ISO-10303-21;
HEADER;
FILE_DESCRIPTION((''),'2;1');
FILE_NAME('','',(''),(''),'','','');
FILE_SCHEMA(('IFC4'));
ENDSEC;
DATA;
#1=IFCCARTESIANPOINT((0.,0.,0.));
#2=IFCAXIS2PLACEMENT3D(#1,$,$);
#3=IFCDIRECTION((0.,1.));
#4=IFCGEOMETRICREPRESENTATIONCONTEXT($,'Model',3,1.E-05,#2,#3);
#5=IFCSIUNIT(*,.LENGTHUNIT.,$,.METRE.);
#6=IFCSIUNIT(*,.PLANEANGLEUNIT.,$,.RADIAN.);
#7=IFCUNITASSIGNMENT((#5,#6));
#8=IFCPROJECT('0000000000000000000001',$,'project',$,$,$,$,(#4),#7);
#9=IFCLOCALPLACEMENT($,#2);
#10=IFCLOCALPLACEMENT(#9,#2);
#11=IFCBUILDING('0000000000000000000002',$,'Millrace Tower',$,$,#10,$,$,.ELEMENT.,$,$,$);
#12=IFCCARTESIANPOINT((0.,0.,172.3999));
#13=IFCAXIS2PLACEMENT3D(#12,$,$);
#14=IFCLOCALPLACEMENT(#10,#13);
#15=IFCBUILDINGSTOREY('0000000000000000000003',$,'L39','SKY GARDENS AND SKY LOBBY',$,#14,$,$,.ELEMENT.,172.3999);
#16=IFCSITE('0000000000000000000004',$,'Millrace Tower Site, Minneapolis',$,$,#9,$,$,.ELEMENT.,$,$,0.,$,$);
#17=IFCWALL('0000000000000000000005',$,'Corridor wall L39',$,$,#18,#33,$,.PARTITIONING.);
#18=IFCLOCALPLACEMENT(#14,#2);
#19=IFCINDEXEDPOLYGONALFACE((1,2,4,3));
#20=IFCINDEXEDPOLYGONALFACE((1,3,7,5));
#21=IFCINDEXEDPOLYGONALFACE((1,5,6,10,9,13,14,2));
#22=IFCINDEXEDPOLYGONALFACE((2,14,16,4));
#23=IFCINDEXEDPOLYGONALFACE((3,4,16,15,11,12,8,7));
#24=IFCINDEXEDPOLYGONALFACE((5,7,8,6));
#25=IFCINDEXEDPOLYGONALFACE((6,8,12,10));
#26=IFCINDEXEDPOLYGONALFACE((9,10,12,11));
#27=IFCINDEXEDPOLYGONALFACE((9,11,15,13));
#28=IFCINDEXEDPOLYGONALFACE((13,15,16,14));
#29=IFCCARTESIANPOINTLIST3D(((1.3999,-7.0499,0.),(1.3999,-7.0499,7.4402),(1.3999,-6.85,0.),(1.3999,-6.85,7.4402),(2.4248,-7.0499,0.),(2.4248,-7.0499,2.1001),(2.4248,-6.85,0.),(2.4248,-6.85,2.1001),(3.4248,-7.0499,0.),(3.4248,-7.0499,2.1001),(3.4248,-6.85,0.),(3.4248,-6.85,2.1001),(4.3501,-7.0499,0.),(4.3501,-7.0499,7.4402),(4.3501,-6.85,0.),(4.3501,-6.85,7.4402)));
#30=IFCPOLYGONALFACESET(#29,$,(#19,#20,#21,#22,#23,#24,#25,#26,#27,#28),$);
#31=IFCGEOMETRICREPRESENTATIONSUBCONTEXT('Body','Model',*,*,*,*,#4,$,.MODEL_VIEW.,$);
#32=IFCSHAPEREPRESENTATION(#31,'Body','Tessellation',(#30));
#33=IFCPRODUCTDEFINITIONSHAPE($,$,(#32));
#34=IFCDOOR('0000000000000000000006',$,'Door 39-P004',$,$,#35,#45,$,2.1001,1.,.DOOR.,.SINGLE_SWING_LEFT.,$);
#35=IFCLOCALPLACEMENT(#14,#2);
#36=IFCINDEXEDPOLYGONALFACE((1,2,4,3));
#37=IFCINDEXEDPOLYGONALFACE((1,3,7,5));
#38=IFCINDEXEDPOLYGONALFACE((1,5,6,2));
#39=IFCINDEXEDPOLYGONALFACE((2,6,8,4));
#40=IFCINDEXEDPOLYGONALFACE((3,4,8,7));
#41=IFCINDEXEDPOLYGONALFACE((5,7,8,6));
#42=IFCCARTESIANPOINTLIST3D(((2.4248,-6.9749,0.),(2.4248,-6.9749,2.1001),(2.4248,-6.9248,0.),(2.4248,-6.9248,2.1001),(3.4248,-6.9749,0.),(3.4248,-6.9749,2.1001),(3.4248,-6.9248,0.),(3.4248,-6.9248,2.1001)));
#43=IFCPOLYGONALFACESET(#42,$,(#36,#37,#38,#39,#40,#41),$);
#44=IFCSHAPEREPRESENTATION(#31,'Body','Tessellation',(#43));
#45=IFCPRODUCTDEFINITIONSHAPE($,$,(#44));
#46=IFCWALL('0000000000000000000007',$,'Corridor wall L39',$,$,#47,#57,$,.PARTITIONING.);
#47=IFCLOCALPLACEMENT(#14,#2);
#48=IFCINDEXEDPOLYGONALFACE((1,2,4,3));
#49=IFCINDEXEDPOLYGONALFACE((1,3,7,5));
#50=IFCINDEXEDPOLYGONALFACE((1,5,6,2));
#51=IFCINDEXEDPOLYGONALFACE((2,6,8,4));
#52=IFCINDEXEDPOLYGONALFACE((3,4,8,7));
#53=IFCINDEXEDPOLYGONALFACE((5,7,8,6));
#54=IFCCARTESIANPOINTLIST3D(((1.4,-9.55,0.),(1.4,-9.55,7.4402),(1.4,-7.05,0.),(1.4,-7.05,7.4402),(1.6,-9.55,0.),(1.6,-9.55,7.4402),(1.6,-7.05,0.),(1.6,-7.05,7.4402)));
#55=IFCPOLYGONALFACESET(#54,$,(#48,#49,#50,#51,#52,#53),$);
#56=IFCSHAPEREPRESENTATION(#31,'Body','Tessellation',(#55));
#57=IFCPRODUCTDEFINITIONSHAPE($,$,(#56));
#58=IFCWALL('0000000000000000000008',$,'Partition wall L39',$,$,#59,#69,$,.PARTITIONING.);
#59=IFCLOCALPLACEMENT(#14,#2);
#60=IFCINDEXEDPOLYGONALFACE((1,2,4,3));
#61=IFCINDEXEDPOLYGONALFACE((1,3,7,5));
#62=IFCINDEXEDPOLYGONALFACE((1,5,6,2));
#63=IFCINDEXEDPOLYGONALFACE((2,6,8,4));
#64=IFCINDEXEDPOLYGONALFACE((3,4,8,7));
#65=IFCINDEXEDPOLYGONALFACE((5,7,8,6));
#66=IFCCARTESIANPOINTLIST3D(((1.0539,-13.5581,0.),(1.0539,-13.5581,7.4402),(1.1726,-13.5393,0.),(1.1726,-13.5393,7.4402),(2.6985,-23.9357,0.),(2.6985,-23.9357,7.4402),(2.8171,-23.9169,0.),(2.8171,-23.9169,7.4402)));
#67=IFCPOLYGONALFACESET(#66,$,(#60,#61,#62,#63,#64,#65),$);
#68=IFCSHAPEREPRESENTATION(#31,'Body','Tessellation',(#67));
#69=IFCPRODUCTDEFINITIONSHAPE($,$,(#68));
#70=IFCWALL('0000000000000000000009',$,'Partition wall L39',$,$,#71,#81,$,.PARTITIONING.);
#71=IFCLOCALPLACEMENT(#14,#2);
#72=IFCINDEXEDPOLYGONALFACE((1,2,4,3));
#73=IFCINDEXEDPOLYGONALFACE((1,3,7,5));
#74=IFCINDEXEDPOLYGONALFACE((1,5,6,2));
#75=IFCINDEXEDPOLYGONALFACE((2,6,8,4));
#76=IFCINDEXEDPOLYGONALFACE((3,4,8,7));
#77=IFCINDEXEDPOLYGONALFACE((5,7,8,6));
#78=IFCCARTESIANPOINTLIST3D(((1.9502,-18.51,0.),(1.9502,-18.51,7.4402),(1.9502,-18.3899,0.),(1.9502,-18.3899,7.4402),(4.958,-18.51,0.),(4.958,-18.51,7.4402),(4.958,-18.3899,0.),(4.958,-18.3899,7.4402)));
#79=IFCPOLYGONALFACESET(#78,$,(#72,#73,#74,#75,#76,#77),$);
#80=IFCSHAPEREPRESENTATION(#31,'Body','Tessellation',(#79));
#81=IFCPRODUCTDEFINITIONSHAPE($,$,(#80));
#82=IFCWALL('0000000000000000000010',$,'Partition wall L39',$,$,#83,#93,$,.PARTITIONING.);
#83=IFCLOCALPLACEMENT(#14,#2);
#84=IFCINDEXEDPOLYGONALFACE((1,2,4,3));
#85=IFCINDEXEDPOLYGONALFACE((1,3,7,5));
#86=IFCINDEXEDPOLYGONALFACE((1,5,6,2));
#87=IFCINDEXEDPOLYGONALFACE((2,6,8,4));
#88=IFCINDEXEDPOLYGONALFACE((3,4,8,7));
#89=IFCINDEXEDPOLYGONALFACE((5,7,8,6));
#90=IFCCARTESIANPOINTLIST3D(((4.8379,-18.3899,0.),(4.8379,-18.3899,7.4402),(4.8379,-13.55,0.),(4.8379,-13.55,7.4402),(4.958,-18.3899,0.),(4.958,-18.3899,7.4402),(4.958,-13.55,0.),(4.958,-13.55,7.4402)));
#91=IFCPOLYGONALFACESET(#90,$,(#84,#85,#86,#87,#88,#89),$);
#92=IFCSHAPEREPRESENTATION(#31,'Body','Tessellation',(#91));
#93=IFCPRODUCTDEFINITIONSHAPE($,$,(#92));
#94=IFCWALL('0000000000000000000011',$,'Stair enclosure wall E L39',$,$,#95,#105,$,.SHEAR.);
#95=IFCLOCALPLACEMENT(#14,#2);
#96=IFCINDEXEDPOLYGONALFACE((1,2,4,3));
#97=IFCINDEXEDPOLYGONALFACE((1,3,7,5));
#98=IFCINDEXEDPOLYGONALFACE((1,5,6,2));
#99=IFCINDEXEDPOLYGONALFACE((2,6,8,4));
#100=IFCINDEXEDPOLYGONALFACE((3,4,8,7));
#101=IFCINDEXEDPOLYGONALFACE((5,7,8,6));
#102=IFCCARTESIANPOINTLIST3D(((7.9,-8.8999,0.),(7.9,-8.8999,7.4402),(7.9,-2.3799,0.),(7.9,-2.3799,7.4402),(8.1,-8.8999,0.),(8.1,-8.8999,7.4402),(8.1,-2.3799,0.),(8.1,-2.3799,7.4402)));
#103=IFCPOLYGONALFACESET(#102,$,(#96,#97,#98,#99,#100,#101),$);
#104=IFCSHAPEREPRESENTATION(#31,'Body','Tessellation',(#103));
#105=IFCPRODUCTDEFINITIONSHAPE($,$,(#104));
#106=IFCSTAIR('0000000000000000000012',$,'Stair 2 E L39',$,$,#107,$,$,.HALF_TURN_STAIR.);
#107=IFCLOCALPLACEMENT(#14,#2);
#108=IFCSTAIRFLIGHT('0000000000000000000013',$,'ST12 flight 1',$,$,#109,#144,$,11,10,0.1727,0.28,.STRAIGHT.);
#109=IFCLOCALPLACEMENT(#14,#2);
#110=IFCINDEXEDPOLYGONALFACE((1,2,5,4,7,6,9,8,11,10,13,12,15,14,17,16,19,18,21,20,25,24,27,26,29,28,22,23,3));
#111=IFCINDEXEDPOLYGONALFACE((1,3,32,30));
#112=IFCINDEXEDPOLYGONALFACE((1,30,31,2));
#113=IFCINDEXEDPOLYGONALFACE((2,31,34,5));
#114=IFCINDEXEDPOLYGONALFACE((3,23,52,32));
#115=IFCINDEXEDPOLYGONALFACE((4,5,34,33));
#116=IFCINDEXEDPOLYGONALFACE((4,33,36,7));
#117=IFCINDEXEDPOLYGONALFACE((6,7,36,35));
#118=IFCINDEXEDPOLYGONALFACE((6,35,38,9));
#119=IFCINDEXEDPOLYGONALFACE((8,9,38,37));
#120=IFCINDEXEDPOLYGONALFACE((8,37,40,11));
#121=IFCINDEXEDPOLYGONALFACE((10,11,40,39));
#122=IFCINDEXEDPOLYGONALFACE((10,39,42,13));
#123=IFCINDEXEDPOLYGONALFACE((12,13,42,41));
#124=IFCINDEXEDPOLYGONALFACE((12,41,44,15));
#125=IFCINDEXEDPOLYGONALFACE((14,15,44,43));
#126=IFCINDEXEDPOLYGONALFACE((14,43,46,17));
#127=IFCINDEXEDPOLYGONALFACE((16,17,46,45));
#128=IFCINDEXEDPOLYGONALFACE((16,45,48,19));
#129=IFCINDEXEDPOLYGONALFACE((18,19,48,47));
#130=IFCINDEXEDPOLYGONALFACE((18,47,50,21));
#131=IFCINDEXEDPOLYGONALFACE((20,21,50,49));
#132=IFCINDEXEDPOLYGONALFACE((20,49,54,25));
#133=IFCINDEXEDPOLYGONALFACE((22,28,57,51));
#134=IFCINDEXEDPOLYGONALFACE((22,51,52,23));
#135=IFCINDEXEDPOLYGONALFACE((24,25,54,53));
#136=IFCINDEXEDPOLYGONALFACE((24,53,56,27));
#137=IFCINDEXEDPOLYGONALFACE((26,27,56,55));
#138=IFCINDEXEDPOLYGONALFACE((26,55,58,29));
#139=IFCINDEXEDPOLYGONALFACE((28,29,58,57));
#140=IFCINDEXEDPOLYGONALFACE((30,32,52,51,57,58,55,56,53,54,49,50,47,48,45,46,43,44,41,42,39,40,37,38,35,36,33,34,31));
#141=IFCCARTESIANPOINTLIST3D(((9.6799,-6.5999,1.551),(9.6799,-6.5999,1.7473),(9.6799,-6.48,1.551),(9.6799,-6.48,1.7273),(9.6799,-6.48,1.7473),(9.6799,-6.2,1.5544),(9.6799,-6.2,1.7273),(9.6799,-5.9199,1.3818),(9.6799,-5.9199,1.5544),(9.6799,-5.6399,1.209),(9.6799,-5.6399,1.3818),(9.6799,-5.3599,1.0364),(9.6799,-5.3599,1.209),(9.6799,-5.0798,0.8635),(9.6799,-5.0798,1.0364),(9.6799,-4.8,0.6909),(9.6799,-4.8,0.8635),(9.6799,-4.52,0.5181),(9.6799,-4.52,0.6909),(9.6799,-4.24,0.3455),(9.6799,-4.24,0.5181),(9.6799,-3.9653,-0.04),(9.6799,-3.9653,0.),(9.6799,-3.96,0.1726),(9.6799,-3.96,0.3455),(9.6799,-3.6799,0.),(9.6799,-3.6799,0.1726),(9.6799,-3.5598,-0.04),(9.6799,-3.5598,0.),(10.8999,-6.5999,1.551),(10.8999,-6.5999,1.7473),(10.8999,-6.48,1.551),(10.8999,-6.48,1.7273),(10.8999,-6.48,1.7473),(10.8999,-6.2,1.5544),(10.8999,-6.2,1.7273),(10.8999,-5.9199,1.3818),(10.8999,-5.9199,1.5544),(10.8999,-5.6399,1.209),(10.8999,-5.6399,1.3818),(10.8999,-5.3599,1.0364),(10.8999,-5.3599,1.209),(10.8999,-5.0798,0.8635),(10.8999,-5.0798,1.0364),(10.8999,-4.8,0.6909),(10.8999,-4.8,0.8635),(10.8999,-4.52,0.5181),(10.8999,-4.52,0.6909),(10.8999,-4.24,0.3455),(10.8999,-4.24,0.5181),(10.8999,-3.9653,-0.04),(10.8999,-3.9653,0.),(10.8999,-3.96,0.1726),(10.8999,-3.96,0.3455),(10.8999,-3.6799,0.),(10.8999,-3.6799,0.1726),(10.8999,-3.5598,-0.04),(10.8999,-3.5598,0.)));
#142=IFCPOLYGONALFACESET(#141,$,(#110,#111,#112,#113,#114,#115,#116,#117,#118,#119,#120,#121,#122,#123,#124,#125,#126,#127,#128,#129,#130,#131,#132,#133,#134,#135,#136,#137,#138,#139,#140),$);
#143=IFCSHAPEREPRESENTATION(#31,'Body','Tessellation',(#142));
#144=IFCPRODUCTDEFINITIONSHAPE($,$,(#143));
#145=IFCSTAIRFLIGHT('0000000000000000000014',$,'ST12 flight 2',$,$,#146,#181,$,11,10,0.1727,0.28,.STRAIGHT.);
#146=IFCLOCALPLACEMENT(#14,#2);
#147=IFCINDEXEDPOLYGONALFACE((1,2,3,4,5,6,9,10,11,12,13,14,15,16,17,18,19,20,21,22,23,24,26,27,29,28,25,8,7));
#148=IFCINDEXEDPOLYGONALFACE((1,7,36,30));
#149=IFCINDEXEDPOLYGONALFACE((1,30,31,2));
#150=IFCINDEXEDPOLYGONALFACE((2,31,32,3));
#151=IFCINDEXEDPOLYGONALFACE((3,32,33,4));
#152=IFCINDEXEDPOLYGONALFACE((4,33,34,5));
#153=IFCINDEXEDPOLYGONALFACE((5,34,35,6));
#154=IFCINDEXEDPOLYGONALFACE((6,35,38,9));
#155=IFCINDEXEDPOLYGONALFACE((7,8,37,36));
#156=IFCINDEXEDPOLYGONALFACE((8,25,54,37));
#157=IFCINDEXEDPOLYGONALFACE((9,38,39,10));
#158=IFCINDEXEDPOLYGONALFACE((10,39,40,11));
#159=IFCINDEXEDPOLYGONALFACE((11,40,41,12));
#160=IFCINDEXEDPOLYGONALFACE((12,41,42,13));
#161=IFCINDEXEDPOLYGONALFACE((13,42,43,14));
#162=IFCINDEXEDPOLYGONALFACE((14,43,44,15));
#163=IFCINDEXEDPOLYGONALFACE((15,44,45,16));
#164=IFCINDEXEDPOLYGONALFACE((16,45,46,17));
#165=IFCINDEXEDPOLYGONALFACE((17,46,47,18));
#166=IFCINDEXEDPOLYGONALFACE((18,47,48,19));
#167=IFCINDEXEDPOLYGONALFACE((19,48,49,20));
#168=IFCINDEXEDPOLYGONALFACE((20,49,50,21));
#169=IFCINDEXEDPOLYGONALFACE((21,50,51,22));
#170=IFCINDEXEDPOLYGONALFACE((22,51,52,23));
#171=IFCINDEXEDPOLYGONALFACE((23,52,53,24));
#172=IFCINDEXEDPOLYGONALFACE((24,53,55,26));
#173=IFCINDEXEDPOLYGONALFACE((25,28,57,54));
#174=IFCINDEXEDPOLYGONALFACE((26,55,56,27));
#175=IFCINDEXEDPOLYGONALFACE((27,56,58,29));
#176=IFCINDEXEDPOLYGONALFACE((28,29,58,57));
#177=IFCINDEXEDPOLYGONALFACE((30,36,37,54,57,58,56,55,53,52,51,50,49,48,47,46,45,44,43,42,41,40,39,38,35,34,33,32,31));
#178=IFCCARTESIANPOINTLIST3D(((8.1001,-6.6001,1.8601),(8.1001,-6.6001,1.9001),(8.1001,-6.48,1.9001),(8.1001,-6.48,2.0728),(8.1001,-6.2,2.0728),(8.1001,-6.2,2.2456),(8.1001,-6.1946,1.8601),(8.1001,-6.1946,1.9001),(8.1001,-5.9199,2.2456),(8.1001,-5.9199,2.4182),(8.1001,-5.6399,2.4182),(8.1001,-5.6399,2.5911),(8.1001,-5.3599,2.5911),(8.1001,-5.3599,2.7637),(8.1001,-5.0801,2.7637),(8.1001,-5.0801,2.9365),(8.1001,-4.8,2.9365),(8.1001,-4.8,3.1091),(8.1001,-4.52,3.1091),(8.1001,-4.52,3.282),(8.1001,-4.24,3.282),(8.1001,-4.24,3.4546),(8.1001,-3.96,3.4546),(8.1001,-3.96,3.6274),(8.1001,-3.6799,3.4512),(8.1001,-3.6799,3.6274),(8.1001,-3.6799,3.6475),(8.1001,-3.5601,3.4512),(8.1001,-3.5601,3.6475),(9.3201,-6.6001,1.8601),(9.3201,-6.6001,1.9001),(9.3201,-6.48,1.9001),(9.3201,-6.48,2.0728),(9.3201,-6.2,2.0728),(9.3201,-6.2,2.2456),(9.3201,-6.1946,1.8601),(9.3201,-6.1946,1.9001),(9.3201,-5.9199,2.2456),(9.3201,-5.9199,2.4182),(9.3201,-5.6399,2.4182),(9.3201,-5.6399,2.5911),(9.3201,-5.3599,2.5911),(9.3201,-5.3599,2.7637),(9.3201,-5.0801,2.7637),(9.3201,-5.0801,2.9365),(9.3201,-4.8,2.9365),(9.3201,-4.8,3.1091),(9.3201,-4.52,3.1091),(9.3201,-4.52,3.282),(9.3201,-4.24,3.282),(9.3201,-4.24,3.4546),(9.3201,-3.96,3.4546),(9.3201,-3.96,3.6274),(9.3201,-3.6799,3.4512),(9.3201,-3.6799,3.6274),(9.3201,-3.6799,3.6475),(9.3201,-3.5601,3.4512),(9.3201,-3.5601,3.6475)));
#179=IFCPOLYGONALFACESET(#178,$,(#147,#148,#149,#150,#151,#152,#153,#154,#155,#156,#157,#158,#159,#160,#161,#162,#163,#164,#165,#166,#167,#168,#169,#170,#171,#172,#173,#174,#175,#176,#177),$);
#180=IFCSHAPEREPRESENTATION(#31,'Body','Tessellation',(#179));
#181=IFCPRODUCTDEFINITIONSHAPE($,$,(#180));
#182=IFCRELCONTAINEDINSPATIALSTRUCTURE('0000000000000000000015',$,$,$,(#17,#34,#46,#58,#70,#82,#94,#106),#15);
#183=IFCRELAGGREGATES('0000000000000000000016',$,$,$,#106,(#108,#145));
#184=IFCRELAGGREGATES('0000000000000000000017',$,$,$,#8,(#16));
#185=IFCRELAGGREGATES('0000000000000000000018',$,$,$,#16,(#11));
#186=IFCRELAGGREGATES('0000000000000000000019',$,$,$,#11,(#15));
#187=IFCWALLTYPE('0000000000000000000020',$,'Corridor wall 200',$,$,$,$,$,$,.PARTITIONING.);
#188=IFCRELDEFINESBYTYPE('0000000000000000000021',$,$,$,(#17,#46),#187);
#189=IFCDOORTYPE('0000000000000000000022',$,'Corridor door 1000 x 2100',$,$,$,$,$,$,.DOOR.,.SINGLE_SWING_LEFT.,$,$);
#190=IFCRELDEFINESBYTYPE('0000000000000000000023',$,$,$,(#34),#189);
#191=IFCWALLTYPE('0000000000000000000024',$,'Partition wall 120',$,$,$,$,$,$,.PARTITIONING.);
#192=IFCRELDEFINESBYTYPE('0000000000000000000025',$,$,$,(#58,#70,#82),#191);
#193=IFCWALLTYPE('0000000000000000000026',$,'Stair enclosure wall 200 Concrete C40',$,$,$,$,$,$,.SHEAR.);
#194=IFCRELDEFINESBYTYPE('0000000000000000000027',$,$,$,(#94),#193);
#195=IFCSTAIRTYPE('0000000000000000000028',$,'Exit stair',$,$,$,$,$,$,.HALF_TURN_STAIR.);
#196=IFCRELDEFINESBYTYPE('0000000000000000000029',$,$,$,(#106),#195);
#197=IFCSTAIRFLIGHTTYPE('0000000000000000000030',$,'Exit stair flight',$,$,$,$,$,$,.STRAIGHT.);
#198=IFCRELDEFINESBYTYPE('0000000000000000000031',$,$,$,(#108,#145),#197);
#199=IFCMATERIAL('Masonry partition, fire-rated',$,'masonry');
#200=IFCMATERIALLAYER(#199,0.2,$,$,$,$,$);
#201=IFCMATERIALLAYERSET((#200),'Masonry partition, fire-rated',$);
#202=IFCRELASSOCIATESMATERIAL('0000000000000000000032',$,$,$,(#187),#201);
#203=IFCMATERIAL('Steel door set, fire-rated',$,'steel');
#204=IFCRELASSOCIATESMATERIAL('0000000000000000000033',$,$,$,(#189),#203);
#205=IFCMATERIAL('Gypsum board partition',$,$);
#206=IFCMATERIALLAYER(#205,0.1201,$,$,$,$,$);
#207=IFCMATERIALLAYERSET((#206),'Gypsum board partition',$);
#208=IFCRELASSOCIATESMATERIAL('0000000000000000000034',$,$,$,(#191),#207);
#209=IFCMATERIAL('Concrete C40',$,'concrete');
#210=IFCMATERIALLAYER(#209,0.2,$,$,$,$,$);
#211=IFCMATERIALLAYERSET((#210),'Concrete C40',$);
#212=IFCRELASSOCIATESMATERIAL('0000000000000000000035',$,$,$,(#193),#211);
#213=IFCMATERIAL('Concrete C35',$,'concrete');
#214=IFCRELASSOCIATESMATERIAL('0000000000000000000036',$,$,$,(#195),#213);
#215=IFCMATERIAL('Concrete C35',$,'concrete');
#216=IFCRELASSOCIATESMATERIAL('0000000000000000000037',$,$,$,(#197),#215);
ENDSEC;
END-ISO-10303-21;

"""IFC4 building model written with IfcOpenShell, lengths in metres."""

from ifc_helpers import new_model, si_unit, direction, frame, frame_2d, origin, place, context, subcontext, project, spatial, polyline, rectangle, outline, extrude, material, layer, layer_set, type_object, element, fill, aggregate, save


model = new_model("IFC4")

# Units and contexts
model_context = context("Model", 3, precision=1e-05, world=origin(), true_north=direction((0.0, 1.0)))
body_context = subcontext(model_context, "Body", "Model", "MODEL_VIEW")
ifc_project = project(units=[si_unit("LENGTHUNIT", "METRE"), si_unit("PLANEANGLEUNIT", "RADIAN")], contexts=[model_context])

# Site, building, storey
site_placement = place(None, origin())
site = spatial("IfcSite", under=ifc_project, at=site_placement, Name="Millrace Tower Site, Minneapolis", CompositionType="ELEMENT", RefElevation=0.0)
building_placement = place(site_placement, origin())
building = spatial("IfcBuilding", under=site, at=building_placement, Name="Millrace Tower", CompositionType="ELEMENT")
storey_placement = place(building_placement, frame((0.0, 0.0, 172.3999)))
storey = spatial("IfcBuildingStorey", under=building, at=storey_placement, Name="L39", Description="SKY GARDENS AND SKY LOBBY", CompositionType="ELEMENT", Elevation=172.3999)

# Shared definitions
placement = place(storey_placement, origin())

# Shared definitions
ifc_material_1 = material(Name="Masonry partition, fire-rated", Category="masonry")
ifc_layer_1 = layer(ifc_material_1, 0.2)
ifc_layer_set_1 = layer_set([ifc_layer_1], Name="Masonry partition, fire-rated")
wall_type_1 = type_object("IfcWallType", Name="Corridor wall 200", PredefinedType="PARTITIONING", material=ifc_layer_set_1)

# Wall, opening, door
wall_1_placement = place(storey_placement, frame((1.3999, -6.95, 0.0), z_axis=(0.0, 0.0, 1.0), x_axis=(1.0, 0.0, 0.0)))
wall_1 = element("IfcWall", 1, at=wall_1_placement, inside=storey, type_object=wall_type_1, Name="Corridor wall L39", PredefinedType="PARTITIONING", context=body_context, shape_type="SweptSolid", body=[
    extrude(rectangle(XDim=2.9502, YDim=0.2, at=frame_2d((1.4751, 0.0))), origin(), (0.0, 0.0, 1.0), 7.4402),
])
opening_placement = place(wall_1_placement, frame((1.0249, 0.0, 0.0)))
opening = element("IfcOpeningElement", 2, at=opening_placement, cuts=wall_1, PredefinedType="OPENING", context=body_context, shape_type="SweptSolid", body=[
    extrude(rectangle(XDim=1.0, YDim=2.1001, at=frame_2d((0.5, 1.05))), frame((0.0, 0.1099, 0.0), z_axis=(0.0, -1.0, 0.0), x_axis=(1.0, 0.0, 0.0)), (0.0, 0.0, 1.0), 0.22),
])
ifc_material_2 = material(Name="Steel door set, fire-rated", Category="steel")
door_type = type_object("IfcDoorType", Name="Corridor door 1000 x 2100", OperationType="SINGLE_SWING_LEFT", PredefinedType="DOOR", material=ifc_material_2)
door_placement = place(opening_placement, frame((1.0, 0.0, 0.0), z_axis=(0.0, 0.0, 1.0), x_axis=(-1.0, 0.0, 0.0)))
door = element("IfcDoor", 3, at=door_placement, inside=storey, type_object=door_type, Name="Door 39-P004", OperationType="SINGLE_SWING_LEFT", OverallHeight=2.1001, OverallWidth=1.0, PredefinedType="DOOR", context=body_context, shape_type="SweptSolid", body=[
    extrude(rectangle(XDim=1.0, YDim=2.1001, at=frame_2d((0.5, 1.05))), frame((0.0, 0.0249, 0.0), z_axis=(0.0, -1.0, 0.0), x_axis=(1.0, 0.0, 0.0)), (0.0, 0.0, 1.0), 0.05),
])
fill(opening, door)

# Walls
wall_2_placement = place(storey_placement, frame((1.5, -9.55, 0.0), z_axis=(0.0, 0.0, 1.0), x_axis=(0.0, 1.0, 0.0)))
element("IfcWall", 4, at=wall_2_placement, inside=storey, type_object=wall_type_1, Name="Corridor wall L39", PredefinedType="PARTITIONING", context=body_context, shape_type="SweptSolid", body=[
    extrude(rectangle(XDim=2.5, YDim=0.2, at=frame_2d((1.25, 0.0))), origin(), (0.0, 0.0, 1.0), 7.4402),
])
ifc_material_3 = material(Name="Gypsum board partition")
ifc_layer_2 = layer(ifc_material_3, 0.1201)
ifc_layer_set_2 = layer_set([ifc_layer_2], Name="Gypsum board partition")
wall_type_2 = type_object("IfcWallType", Name="Partition wall 120", PredefinedType="PARTITIONING", material=ifc_layer_set_2)
wall_3_placement = place(storey_placement, frame((1.1133, -13.5488, 0.0), z_axis=(0.0, 0.0, 1.0), x_axis=(0.156515, -0.987676, 0.0)))
element("IfcWall", 5, at=wall_3_placement, inside=storey, type_object=wall_type_2, Name="Partition wall L39", PredefinedType="PARTITIONING", context=body_context, shape_type="SweptSolid", body=[
    extrude(rectangle(XDim=10.5071, YDim=0.1201, at=frame_2d((5.2534, 0.0))), origin(), (0.0, 0.0, 1.0), 7.4402),
])
wall_4_placement = place(storey_placement, frame((1.9502, -18.45, 0.0), z_axis=(0.0, 0.0, 1.0), x_axis=(1.0, 0.0, 0.0)))
element("IfcWall", 6, at=wall_4_placement, inside=storey, type_object=wall_type_2, Name="Partition wall L39", PredefinedType="PARTITIONING", context=body_context, shape_type="SweptSolid", body=[
    extrude(rectangle(XDim=3.0078, YDim=0.1201, at=frame_2d((1.5039, 0.0))), origin(), (0.0, 0.0, 1.0), 7.4402),
])
wall_5_placement = place(storey_placement, frame((4.8979, -18.3899, 0.0), z_axis=(0.0, 0.0, 1.0), x_axis=(0.0, 1.0, 0.0)))
element("IfcWall", 7, at=wall_5_placement, inside=storey, type_object=wall_type_2, Name="Partition wall L39", PredefinedType="PARTITIONING", context=body_context, shape_type="SweptSolid", body=[
    extrude(rectangle(XDim=4.8398, YDim=0.1201, at=frame_2d((2.4199, 0.0))), origin(), (0.0, 0.0, 1.0), 7.4402),
])
ifc_material_4 = material(Name="Concrete C40", Category="concrete")
ifc_layer_3 = layer(ifc_material_4, 0.2)
ifc_layer_set_3 = layer_set([ifc_layer_3], Name="Concrete C40")
wall_type_3 = type_object("IfcWallType", Name="Stair enclosure wall 200 Concrete C40", PredefinedType="SHEAR", material=ifc_layer_set_3)
wall_6_placement = place(storey_placement, frame((8.0, -2.3799, 0.0), z_axis=(0.0, 0.0, 1.0), x_axis=(0.0, -1.0, 0.0)))
element("IfcWall", 8, at=wall_6_placement, inside=storey, type_object=wall_type_3, Name="Stair enclosure wall E L39", PredefinedType="SHEAR", context=body_context, shape_type="SweptSolid", body=[
    extrude(rectangle(XDim=6.52, YDim=0.2, at=frame_2d((3.26, 0.0))), origin(), (0.0, 0.0, 1.0), 7.4402),
])

# Stair, stair flights
ifc_material_5 = material(Name="Concrete C35", Category="concrete")
stair_type = type_object("IfcStairType", Name="Exit stair", PredefinedType="HALF_TURN_STAIR", material=ifc_material_5)
stair_1 = element("IfcStair", 9, at=placement, inside=storey, type_object=stair_type, Name="Stair 2 E L39", PredefinedType="HALF_TURN_STAIR")
ifc_material_6 = material(Name="Concrete C35", Category="concrete")
stair_flight_type = type_object("IfcStairFlightType", Name="Exit stair flight", PredefinedType="STRAIGHT", material=ifc_material_6)
stair_flight_1_placement = place(storey_placement, frame((10.29, -3.6799, 0.0), z_axis=(0.0, 0.0, 1.0), x_axis=(0.0, -1.0, 0.0)))
stair_flight_1 = element("IfcStairFlight", 10, at=stair_flight_1_placement, type_object=stair_flight_type, Name="ST12 flight 1", NumberOfRisers=11, NumberOfTreads=10, PredefinedType="STRAIGHT", RiserHeight=0.1727, TreadLength=0.28, context=body_context, shape_type="SweptSolid", body=[
    extrude(outline(polyline([(-0.1201, -0.04), (-0.1201, 0.0), (0.0, 0.0), (0.0, 0.1726), (0.28, 0.1726), (0.28, 0.3455), (0.5601, 0.3455), (0.5601, 0.5181), (0.8401, 0.5181), (0.8401, 0.6909), (1.1201, 0.6909), (1.1201, 0.8635), (1.3999, 0.8635), (1.3999, 1.0364), (1.6799, 1.0364), (1.6799, 1.209), (1.96, 1.209), (1.96, 1.3818), (2.24, 1.3818), (2.24, 1.5544), (2.52, 1.5544), (2.52, 1.7273), (2.8, 1.7273), (2.8, 1.7473), (2.9199, 1.7473), (2.9199, 1.551), (2.8, 1.551), (0.2854, 0.0), (0.2854, -0.04), (-0.1201, -0.04)])), frame((0.0, 0.6099, 0.0), z_axis=(0.0, -1.0, 0.0), x_axis=(1.0, 0.0, 0.0)), (0.0, 0.0, 1.0), 1.22),
])
stair_flight_2_placement = place(storey_placement, frame((8.71, -6.48, 1.9001), z_axis=(0.0, 0.0, 1.0), x_axis=(0.0, 1.0, 0.0)))
stair_flight_2 = element("IfcStairFlight", 11, at=stair_flight_2_placement, type_object=stair_flight_type, Name="ST12 flight 2", NumberOfRisers=11, NumberOfTreads=10, PredefinedType="STRAIGHT", RiserHeight=0.1727, TreadLength=0.28, context=body_context, shape_type="SweptSolid", body=[
    extrude(outline(polyline([(-0.1201, -0.04), (-0.1201, 0.0), (0.0, 0.0), (0.0, 0.1726), (0.28, 0.1726), (0.28, 0.3455), (0.5601, 0.3455), (0.5601, 0.5181), (0.8401, 0.5181), (0.8401, 0.6909), (1.1201, 0.6909), (1.1201, 0.8635), (1.3999, 0.8635), (1.3999, 1.0364), (1.6799, 1.0364), (1.6799, 1.209), (1.96, 1.209), (1.96, 1.3818), (2.24, 1.3818), (2.24, 1.5544), (2.52, 1.5544), (2.52, 1.7273), (2.8, 1.7273), (2.8, 1.7473), (2.9199, 1.7473), (2.9199, 1.551), (2.8, 1.551), (0.2854, 0.0), (0.2854, -0.04), (-0.1201, -0.04)])), frame((0.0, 0.6099, 0.0), z_axis=(0.0, -1.0, 0.0), x_axis=(1.0, 0.0, 0.0)), (0.0, 0.0, 1.0), 1.22),
])
aggregate(stair_1, [stair_flight_1, stair_flight_2])

save(model, "model.ifc")
